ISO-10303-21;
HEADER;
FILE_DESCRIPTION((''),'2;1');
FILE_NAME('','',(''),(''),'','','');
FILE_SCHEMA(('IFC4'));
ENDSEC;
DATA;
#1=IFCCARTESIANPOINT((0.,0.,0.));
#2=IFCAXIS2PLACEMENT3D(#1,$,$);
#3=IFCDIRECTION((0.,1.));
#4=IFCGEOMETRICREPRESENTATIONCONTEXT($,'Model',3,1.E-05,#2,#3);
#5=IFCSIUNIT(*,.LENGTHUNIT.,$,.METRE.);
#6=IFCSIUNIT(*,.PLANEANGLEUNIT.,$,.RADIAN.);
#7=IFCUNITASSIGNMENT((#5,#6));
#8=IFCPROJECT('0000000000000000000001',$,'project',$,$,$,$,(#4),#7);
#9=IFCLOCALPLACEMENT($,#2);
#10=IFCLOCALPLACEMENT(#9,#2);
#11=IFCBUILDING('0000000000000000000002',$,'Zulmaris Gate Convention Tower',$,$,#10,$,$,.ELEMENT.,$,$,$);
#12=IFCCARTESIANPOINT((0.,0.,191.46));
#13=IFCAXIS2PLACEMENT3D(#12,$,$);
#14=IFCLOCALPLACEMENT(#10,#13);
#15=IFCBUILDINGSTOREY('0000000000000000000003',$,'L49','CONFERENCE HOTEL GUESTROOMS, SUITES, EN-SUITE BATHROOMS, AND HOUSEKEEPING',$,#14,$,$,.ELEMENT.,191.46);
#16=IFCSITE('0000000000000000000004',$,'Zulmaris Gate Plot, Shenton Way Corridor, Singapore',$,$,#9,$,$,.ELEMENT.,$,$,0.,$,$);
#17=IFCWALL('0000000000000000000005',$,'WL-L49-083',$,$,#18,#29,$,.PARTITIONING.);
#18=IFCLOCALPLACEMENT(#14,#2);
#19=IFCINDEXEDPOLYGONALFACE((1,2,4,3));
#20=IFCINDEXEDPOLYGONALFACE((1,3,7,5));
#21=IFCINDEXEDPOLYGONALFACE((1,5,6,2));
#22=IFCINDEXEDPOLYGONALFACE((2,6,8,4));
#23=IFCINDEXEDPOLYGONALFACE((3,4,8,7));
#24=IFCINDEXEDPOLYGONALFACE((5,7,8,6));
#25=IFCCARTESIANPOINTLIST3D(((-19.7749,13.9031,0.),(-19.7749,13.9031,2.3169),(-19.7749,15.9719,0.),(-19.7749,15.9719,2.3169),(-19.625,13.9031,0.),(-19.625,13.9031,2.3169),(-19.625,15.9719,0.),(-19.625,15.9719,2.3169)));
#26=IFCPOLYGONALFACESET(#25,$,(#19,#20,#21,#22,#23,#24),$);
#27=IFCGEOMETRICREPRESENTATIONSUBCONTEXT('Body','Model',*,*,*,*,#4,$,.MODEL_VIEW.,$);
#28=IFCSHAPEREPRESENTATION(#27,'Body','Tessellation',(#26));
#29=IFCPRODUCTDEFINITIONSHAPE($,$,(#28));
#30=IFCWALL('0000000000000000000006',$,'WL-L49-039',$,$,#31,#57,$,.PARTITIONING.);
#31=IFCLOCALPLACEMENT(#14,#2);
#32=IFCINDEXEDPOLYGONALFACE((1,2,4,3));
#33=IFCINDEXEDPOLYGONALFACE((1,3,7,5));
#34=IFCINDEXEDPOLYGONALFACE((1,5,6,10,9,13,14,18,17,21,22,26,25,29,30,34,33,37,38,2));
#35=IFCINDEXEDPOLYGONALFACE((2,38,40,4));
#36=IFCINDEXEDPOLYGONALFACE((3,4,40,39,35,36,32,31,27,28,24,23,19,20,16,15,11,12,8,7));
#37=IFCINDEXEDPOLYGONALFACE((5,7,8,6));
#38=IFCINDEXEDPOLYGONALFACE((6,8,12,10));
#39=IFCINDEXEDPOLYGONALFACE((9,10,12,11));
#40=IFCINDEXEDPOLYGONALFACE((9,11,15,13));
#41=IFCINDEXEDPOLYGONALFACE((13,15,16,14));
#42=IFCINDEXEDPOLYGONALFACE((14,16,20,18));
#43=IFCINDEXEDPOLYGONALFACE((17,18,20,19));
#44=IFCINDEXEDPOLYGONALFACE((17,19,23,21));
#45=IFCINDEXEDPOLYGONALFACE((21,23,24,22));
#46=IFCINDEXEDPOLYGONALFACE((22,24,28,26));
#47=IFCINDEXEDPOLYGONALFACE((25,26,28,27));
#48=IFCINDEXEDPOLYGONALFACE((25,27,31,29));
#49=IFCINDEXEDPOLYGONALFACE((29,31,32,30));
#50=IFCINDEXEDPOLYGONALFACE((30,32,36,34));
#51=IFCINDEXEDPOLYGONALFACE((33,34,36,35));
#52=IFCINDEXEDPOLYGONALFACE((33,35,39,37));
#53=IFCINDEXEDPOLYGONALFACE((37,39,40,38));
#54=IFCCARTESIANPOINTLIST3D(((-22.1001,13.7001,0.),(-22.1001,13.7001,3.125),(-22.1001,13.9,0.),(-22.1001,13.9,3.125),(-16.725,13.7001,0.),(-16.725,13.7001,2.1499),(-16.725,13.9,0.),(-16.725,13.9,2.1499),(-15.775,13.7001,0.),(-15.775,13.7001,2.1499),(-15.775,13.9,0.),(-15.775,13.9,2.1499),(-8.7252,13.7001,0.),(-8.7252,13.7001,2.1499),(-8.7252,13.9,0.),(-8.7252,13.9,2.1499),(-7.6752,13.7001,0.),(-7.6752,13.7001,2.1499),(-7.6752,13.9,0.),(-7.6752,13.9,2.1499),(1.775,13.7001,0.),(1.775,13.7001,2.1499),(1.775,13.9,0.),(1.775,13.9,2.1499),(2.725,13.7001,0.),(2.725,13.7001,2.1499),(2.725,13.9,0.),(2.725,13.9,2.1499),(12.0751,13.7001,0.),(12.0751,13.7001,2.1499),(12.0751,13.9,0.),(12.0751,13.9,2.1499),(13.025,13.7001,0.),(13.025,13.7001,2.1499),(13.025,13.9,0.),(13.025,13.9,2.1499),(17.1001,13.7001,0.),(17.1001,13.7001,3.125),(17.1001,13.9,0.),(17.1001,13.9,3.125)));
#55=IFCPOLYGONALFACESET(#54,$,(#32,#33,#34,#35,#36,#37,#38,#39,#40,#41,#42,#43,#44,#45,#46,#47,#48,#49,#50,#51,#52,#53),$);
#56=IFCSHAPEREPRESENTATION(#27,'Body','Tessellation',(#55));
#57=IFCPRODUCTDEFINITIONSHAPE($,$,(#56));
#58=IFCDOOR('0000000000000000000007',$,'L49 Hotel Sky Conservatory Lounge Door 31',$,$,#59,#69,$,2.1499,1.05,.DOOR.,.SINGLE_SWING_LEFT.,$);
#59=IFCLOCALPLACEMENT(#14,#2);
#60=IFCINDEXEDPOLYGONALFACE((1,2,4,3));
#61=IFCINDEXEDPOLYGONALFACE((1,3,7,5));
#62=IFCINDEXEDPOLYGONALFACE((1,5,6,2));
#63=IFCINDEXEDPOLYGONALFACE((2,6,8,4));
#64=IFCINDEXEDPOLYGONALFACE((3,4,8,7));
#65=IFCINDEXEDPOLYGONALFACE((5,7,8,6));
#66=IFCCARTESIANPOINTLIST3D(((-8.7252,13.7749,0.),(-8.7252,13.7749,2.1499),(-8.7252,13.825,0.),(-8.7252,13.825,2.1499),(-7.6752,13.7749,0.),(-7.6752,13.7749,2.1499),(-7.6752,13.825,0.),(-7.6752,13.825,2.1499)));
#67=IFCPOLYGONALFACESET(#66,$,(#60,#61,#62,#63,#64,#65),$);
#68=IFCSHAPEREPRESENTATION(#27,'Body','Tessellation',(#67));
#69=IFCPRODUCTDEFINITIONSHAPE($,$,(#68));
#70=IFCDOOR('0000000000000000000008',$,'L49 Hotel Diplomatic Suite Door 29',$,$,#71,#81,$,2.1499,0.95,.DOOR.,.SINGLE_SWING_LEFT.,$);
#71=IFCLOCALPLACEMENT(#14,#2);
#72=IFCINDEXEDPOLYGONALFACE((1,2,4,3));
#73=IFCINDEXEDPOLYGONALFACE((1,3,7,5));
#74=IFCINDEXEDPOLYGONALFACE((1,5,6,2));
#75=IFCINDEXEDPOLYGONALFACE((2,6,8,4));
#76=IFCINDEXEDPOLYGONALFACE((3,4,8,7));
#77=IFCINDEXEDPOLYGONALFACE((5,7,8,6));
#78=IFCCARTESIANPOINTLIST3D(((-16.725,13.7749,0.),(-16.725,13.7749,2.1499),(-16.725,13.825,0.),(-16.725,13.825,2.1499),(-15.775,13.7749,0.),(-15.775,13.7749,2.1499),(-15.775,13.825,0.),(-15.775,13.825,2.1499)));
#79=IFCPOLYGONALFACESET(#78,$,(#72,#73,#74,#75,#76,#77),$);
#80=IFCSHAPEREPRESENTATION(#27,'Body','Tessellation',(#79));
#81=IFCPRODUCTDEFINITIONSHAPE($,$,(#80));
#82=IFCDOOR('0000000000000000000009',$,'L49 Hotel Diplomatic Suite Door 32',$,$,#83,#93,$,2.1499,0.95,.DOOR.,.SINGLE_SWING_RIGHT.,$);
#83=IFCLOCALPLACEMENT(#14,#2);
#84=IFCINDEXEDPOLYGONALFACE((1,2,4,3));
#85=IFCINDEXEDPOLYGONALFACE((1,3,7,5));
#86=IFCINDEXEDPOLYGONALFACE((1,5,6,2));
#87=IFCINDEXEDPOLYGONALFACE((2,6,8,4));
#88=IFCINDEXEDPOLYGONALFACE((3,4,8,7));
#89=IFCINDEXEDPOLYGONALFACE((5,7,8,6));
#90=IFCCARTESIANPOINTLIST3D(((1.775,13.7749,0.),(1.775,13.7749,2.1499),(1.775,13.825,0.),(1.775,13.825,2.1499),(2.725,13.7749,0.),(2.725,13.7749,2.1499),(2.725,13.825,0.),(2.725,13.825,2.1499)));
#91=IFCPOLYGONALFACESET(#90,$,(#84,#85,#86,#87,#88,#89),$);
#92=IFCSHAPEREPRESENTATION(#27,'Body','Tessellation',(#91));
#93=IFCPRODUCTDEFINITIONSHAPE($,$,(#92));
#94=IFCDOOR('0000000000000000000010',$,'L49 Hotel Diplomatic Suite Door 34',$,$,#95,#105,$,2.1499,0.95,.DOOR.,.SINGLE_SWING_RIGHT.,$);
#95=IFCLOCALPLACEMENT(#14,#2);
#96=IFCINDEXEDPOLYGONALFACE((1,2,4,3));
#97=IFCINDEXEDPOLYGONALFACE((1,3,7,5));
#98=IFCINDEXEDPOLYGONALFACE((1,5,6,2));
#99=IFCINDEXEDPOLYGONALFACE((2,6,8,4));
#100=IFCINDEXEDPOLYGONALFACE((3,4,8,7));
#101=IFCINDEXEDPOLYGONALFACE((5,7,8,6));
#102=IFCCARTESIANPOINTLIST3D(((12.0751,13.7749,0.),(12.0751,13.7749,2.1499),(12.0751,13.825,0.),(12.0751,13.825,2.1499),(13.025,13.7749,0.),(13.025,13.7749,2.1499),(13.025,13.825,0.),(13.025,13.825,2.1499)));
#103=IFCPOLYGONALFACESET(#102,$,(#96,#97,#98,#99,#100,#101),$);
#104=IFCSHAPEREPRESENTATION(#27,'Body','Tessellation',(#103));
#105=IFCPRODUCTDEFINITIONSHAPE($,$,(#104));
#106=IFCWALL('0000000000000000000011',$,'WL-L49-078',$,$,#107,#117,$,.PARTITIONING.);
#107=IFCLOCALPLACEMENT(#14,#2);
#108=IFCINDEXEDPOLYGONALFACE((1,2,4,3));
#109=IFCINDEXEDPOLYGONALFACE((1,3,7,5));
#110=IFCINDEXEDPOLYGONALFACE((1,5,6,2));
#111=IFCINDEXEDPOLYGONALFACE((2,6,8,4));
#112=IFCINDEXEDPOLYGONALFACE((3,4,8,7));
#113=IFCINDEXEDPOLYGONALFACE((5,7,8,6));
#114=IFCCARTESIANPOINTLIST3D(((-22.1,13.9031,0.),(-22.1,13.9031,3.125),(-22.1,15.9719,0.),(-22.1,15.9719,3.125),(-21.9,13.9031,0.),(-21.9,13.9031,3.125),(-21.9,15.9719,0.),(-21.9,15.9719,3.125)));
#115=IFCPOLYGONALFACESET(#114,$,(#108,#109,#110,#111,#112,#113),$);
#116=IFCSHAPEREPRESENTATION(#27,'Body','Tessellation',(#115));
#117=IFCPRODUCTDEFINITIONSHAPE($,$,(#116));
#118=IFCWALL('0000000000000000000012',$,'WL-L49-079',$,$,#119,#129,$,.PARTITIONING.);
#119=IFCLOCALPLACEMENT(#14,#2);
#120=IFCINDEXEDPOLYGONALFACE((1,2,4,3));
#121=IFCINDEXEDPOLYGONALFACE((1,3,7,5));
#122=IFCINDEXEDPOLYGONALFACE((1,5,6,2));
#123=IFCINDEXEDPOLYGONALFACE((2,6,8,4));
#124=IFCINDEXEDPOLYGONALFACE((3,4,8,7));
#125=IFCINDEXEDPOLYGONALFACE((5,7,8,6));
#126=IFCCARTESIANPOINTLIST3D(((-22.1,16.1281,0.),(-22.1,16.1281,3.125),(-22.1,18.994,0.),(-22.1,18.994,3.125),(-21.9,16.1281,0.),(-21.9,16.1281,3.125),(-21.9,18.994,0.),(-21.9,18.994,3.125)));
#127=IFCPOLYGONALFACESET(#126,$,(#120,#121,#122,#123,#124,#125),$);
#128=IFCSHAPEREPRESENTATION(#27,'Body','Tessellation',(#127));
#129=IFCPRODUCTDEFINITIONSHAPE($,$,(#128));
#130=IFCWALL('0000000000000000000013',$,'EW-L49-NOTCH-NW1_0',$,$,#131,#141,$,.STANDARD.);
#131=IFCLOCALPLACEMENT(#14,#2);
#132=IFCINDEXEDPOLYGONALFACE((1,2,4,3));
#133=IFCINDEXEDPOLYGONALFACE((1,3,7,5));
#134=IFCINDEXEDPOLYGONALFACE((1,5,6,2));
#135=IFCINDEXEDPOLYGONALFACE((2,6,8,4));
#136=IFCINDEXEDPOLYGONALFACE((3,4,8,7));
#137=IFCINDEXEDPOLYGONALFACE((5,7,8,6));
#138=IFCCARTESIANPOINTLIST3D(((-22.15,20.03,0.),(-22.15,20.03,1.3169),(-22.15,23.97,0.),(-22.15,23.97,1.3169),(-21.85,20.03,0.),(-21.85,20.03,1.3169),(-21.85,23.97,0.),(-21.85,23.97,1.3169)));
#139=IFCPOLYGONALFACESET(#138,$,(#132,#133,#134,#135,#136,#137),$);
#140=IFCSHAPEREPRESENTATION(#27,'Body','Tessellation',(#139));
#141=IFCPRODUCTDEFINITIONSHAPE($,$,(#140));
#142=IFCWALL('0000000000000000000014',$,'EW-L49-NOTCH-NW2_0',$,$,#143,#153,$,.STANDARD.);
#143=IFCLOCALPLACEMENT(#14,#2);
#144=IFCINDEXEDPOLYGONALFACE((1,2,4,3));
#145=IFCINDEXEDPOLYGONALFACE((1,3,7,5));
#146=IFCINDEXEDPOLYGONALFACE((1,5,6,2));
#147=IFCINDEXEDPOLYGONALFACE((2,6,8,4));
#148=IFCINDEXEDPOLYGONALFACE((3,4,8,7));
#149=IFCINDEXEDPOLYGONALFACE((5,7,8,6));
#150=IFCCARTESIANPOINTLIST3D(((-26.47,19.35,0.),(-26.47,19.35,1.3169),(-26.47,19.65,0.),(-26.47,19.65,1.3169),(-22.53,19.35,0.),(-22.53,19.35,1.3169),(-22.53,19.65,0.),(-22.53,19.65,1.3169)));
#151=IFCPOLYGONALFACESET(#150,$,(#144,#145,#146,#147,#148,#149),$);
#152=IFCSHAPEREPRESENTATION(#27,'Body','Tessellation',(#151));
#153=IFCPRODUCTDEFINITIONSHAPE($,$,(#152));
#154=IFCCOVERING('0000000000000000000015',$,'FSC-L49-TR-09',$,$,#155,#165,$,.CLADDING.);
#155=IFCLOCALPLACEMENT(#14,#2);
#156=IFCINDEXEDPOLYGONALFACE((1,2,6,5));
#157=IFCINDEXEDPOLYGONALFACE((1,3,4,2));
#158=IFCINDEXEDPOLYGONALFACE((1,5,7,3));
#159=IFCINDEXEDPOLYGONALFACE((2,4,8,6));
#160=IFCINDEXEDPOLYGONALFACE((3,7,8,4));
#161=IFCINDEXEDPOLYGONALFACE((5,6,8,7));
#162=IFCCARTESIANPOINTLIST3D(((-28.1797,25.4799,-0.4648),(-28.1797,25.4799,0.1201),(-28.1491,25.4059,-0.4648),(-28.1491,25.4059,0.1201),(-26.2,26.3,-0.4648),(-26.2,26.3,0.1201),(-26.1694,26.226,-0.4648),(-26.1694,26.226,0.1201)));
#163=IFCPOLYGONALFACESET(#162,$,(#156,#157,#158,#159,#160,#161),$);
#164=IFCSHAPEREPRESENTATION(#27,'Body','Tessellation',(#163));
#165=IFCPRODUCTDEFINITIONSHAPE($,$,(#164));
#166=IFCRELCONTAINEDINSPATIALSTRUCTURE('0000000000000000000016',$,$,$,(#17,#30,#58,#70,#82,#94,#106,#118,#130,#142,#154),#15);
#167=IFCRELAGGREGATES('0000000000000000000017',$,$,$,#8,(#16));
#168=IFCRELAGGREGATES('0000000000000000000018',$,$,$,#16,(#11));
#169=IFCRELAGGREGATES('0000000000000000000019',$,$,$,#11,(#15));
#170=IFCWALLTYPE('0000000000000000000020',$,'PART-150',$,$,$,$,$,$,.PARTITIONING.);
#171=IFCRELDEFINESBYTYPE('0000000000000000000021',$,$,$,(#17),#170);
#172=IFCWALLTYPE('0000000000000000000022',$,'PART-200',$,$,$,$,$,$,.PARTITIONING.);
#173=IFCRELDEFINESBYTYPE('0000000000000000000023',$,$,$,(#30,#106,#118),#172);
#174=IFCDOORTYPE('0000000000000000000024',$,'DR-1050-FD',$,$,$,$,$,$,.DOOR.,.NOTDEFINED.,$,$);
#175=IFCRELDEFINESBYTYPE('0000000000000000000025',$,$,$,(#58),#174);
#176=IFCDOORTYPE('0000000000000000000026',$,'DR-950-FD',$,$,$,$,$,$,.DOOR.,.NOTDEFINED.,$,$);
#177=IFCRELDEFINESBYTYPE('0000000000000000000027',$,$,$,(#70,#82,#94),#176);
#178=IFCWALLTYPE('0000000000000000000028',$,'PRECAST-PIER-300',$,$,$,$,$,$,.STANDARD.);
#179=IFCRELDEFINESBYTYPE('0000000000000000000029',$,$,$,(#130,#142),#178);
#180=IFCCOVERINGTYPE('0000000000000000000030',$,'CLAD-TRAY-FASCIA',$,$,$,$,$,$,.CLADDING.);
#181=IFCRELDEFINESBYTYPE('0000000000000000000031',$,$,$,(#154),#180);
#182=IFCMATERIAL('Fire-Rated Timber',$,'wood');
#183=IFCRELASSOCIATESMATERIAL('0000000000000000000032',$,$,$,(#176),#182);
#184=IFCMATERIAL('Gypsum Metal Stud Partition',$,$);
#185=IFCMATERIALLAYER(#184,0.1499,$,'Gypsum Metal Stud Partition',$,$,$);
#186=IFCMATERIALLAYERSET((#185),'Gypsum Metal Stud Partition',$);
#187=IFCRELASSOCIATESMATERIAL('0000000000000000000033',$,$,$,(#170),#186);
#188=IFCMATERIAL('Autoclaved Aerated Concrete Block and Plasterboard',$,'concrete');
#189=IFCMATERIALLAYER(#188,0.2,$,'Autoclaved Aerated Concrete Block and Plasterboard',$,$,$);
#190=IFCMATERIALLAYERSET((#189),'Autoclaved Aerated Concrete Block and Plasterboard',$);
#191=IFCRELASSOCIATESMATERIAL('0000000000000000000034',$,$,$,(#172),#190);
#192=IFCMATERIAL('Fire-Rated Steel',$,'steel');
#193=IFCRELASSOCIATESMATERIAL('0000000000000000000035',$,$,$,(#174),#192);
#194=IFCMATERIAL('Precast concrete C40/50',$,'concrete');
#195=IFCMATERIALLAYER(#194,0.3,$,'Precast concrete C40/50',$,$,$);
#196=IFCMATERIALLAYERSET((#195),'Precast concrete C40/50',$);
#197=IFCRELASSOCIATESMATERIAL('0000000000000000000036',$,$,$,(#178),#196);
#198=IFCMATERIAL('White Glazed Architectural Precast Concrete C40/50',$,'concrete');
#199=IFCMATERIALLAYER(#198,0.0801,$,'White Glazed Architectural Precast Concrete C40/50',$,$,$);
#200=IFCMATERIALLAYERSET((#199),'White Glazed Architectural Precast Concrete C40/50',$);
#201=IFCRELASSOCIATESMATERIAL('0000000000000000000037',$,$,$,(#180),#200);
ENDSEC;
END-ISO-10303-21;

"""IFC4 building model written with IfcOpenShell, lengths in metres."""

from ifc_helpers import new_model, si_unit, direction, frame, frame_2d, origin, place, context, subcontext, project, spatial, rectangle, extrude, material, layer, layer_set, type_object, element, fill, save


model = new_model("IFC4")

# Units and contexts
model_context = context("Model", 3, precision=1e-05, world=origin(), true_north=direction((0.0, 1.0)))
body_context = subcontext(model_context, "Body", "Model", "MODEL_VIEW")
ifc_project = project(units=[si_unit("LENGTHUNIT", "METRE"), si_unit("PLANEANGLEUNIT", "RADIAN")], contexts=[model_context])

# Site, building, storey
site_placement = place(None, origin())
site = spatial("IfcSite", under=ifc_project, at=site_placement, Name="Zulmaris Gate Plot, Shenton Way Corridor, Singapore", CompositionType="ELEMENT", RefElevation=0.0)
building_placement = place(site_placement, origin())
building = spatial("IfcBuilding", under=site, at=building_placement, Name="Zulmaris Gate Convention Tower", CompositionType="ELEMENT")
storey_placement = place(building_placement, frame((0.0, 0.0, 191.46)))
storey = spatial("IfcBuildingStorey", under=building, at=storey_placement, Name="L49", Description="CONFERENCE HOTEL GUESTROOMS, SUITES, EN-SUITE BATHROOMS, AND HOUSEKEEPING", CompositionType="ELEMENT", Elevation=191.46)

# Shared definitions
ifc_material_1 = material(Name="Fire-Rated Steel", Category="steel")
ifc_material_2 = material(Name="Fire-Rated Timber", Category="wood")
door_type_1 = type_object("IfcDoorType", Name="DR-950-FD", OperationType="NOTDEFINED", PredefinedType="DOOR", material=ifc_material_2)

# Shared definitions
ifc_material_3 = material(Name="Gypsum Metal Stud Partition")
ifc_layer_1 = layer(ifc_material_3, 0.1499, Name="Gypsum Metal Stud Partition")
ifc_layer_set_1 = layer_set([ifc_layer_1], Name="Gypsum Metal Stud Partition")
wall_type_1 = type_object("IfcWallType", Name="PART-150", PredefinedType="PARTITIONING", material=ifc_layer_set_1)

# Wall
wall_1_placement = place(storey_placement, frame((-19.7, 13.9031, 0.0), z_axis=(0.0, 0.0, 1.0), x_axis=(0.0, 1.0, 0.0)))
element("IfcWall", 1, at=wall_1_placement, inside=storey, type_object=wall_type_1, Name="WL-L49-083", PredefinedType="PARTITIONING", context=body_context, shape_type="SweptSolid", body=[
    extrude(rectangle(XDim=2.0688, YDim=0.1499, at=frame_2d((1.0344, 0.0))), origin(), (0.0, 0.0, 1.0), 2.3169),
])

# Wall, openings, doors
ifc_material_4 = material(Name="Autoclaved Aerated Concrete Block and Plasterboard", Category="concrete")
ifc_layer_2 = layer(ifc_material_4, 0.2, Name="Autoclaved Aerated Concrete Block and Plasterboard")
ifc_layer_set_2 = layer_set([ifc_layer_2], Name="Autoclaved Aerated Concrete Block and Plasterboard")
wall_type_2 = type_object("IfcWallType", Name="PART-200", PredefinedType="PARTITIONING", material=ifc_layer_set_2)
wall_2_placement = place(storey_placement, frame((-22.1001, 13.8, 0.0), z_axis=(0.0, 0.0, 1.0), x_axis=(1.0, 0.0, 0.0)))
wall_2 = element("IfcWall", 2, at=wall_2_placement, inside=storey, type_object=wall_type_2, Name="WL-L49-039", PredefinedType="PARTITIONING", context=body_context, shape_type="SweptSolid", body=[
    extrude(rectangle(XDim=39.2002, YDim=0.2, at=frame_2d((19.6001, 0.0))), origin(), (0.0, 0.0, 1.0), 3.125),
])
opening_1_placement = place(wall_2_placement, frame((5.375, 0.0, 0.0)))
opening_1 = element("IfcOpeningElement", 3, at=opening_1_placement, cuts=wall_2, PredefinedType="OPENING", context=body_context, shape_type="SweptSolid", body=[
    extrude(rectangle(XDim=0.95, YDim=2.1499, at=frame_2d((0.4751, 1.075))), frame((0.0, 0.1099, 0.0), z_axis=(0.0, -1.0, 0.0), x_axis=(1.0, 0.0, 0.0)), (0.0, 0.0, 1.0), 0.22),
])
opening_2_placement = place(wall_2_placement, frame((13.375, 0.0, 0.0)))
opening_2 = element("IfcOpeningElement", 4, at=opening_2_placement, cuts=wall_2, PredefinedType="OPENING", context=body_context, shape_type="SweptSolid", body=[
    extrude(rectangle(XDim=1.05, YDim=2.1499, at=frame_2d((0.5249, 1.075))), frame((0.0, 0.1099, 0.0), z_axis=(0.0, -1.0, 0.0), x_axis=(1.0, 0.0, 0.0)), (0.0, 0.0, 1.0), 0.22),
])
opening_3_placement = place(wall_2_placement, frame((23.875, 0.0, 0.0)))
opening_3 = element("IfcOpeningElement", 5, at=opening_3_placement, cuts=wall_2, PredefinedType="OPENING", context=body_context, shape_type="SweptSolid", body=[
    extrude(rectangle(XDim=0.95, YDim=2.1499, at=frame_2d((0.4751, 1.075))), frame((0.0, 0.1099, 0.0), z_axis=(0.0, -1.0, 0.0), x_axis=(1.0, 0.0, 0.0)), (0.0, 0.0, 1.0), 0.22),
])
opening_4_placement = place(wall_2_placement, frame((34.175, 0.0, 0.0)))
opening_4 = element("IfcOpeningElement", 6, at=opening_4_placement, cuts=wall_2, PredefinedType="OPENING", context=body_context, shape_type="SweptSolid", body=[
    extrude(rectangle(XDim=0.95, YDim=2.1499, at=frame_2d((0.4751, 1.075))), frame((0.0, 0.1099, 0.0), z_axis=(0.0, -1.0, 0.0), x_axis=(1.0, 0.0, 0.0)), (0.0, 0.0, 1.0), 0.22),
])
door_type_2 = type_object("IfcDoorType", Name="DR-1050-FD", OperationType="NOTDEFINED", PredefinedType="DOOR", material=ifc_material_1)
door_1_placement = place(opening_2_placement, origin())
door_1 = element("IfcDoor", 7, at=door_1_placement, inside=storey, type_object=door_type_2, Name="L49 Hotel Sky Conservatory Lounge Door 31", OperationType="SINGLE_SWING_LEFT", OverallHeight=2.1499, OverallWidth=1.05, PredefinedType="DOOR", context=body_context, shape_type="SweptSolid", body=[
    extrude(rectangle(XDim=1.05, YDim=2.1499, at=frame_2d((0.5249, 1.075))), frame((0.0, 0.0249, 0.0), z_axis=(0.0, -1.0, 0.0), x_axis=(1.0, 0.0, 0.0)), (0.0, 0.0, 1.0), 0.05),
])
fill(opening_2, door_1)
door_2_placement = place(opening_1_placement, origin())
door_2 = element("IfcDoor", 8, at=door_2_placement, inside=storey, type_object=door_type_1, Name="L49 Hotel Diplomatic Suite Door 29", OperationType="SINGLE_SWING_LEFT", OverallHeight=2.1499, OverallWidth=0.95, PredefinedType="DOOR", context=body_context, shape_type="SweptSolid", body=[
    extrude(rectangle(XDim=0.95, YDim=2.1499, at=frame_2d((0.4751, 1.075))), frame((0.0, 0.0249, 0.0), z_axis=(0.0, -1.0, 0.0), x_axis=(1.0, 0.0, 0.0)), (0.0, 0.0, 1.0), 0.05),
])
fill(opening_1, door_2)
door_3_placement = place(opening_3_placement, origin())
door_3 = element("IfcDoor", 9, at=door_3_placement, inside=storey, type_object=door_type_1, Name="L49 Hotel Diplomatic Suite Door 32", OperationType="SINGLE_SWING_RIGHT", OverallHeight=2.1499, OverallWidth=0.95, PredefinedType="DOOR", context=body_context, shape_type="SweptSolid", body=[
    extrude(rectangle(XDim=0.95, YDim=2.1499, at=frame_2d((0.4751, 1.075))), frame((0.0, 0.0249, 0.0), z_axis=(0.0, -1.0, 0.0), x_axis=(1.0, 0.0, 0.0)), (0.0, 0.0, 1.0), 0.05),
])
fill(opening_3, door_3)
door_4_placement = place(opening_4_placement, origin())
door_4 = element("IfcDoor", 10, at=door_4_placement, inside=storey, type_object=door_type_1, Name="L49 Hotel Diplomatic Suite Door 34", OperationType="SINGLE_SWING_RIGHT", OverallHeight=2.1499, OverallWidth=0.95, PredefinedType="DOOR", context=body_context, shape_type="SweptSolid", body=[
    extrude(rectangle(XDim=0.95, YDim=2.1499, at=frame_2d((0.4751, 1.075))), frame((0.0, 0.0249, 0.0), z_axis=(0.0, -1.0, 0.0), x_axis=(1.0, 0.0, 0.0)), (0.0, 0.0, 1.0), 0.05),
])
fill(opening_4, door_4)

# Walls
wall_3_placement = place(storey_placement, frame((-22.0, 13.9031, 0.0), z_axis=(0.0, 0.0, 1.0), x_axis=(0.0, 1.0, 0.0)))
element("IfcWall", 11, at=wall_3_placement, inside=storey, type_object=wall_type_2, Name="WL-L49-078", PredefinedType="PARTITIONING", context=body_context, shape_type="SweptSolid", body=[
    extrude(rectangle(XDim=2.0688, YDim=0.2, at=frame_2d((1.0344, 0.0))), origin(), (0.0, 0.0, 1.0), 3.125),
])
wall_4_placement = place(storey_placement, frame((-22.0, 16.1279, 0.0), z_axis=(0.0, 0.0, 1.0), x_axis=(0.0, 1.0, 0.0)))
element("IfcWall", 12, at=wall_4_placement, inside=storey, type_object=wall_type_2, Name="WL-L49-079", PredefinedType="PARTITIONING", context=body_context, shape_type="SweptSolid", body=[
    extrude(rectangle(XDim=2.866, YDim=0.2, at=frame_2d((1.4331, 0.0))), origin(), (0.0, 0.0, 1.0), 3.125),
])
ifc_material_5 = material(Name="Precast concrete C40/50", Category="concrete")
ifc_layer_3 = layer(ifc_material_5, 0.3, Name="Precast concrete C40/50")
ifc_layer_set_3 = layer_set([ifc_layer_3], Name="Precast concrete C40/50")
wall_type_3 = type_object("IfcWallType", Name="PRECAST-PIER-300", PredefinedType="STANDARD", material=ifc_layer_set_3)
for number, where, z_axis, x_axis, name in (
    (13, (-22.0, 23.97, 0.0), (0.0, 0.0, 1.0), (0.0, -1.0, 0.0), "EW-L49-NOTCH-NW1_0"),
    (14, (-22.53, 19.5, 0.0), (0.0, 0.0, 1.0), (-1.0, 0.0, 0.0), "EW-L49-NOTCH-NW2_0"),
):
    element("IfcWall", number, at=place(storey_placement, frame(where, z_axis=z_axis, x_axis=x_axis)), inside=storey, type_object=wall_type_3, Name=name, PredefinedType="STANDARD", context=body_context, shape_type="SweptSolid", body=[
        extrude(rectangle(XDim=3.9399, YDim=0.3, at=frame_2d((1.97, 0.0))), origin(), (0.0, 0.0, 1.0), 1.3169),
    ])

# Covering
ifc_material_6 = material(Name="White Glazed Architectural Precast Concrete C40/50", Category="concrete")
ifc_layer_4 = layer(ifc_material_6, 0.0801, Name="White Glazed Architectural Precast Concrete C40/50")
ifc_layer_set_4 = layer_set([ifc_layer_4], Name="White Glazed Architectural Precast Concrete C40/50")
covering_type = type_object("IfcCoveringType", Name="CLAD-TRAY-FASCIA", PredefinedType="CLADDING", material=ifc_layer_set_4)
covering_1_placement = place(storey_placement, frame((-26.1848, 26.2629, -0.4648), z_axis=(0.0, 0.0, 1.0), x_axis=(-0.923874, -0.382697, 0.0)))
element("IfcCovering", 15, at=covering_1_placement, inside=storey, type_object=covering_type, Name="FSC-L49-TR-09", PredefinedType="CLADDING", context=body_context, shape_type="SweptSolid", body=[
    extrude(rectangle(XDim=2.1428, YDim=0.0801, at=frame_2d((1.0713, 0.0))), origin(), (0.0, 0.0, 1.0), 0.585),
])

save(model, "model.ifc")
